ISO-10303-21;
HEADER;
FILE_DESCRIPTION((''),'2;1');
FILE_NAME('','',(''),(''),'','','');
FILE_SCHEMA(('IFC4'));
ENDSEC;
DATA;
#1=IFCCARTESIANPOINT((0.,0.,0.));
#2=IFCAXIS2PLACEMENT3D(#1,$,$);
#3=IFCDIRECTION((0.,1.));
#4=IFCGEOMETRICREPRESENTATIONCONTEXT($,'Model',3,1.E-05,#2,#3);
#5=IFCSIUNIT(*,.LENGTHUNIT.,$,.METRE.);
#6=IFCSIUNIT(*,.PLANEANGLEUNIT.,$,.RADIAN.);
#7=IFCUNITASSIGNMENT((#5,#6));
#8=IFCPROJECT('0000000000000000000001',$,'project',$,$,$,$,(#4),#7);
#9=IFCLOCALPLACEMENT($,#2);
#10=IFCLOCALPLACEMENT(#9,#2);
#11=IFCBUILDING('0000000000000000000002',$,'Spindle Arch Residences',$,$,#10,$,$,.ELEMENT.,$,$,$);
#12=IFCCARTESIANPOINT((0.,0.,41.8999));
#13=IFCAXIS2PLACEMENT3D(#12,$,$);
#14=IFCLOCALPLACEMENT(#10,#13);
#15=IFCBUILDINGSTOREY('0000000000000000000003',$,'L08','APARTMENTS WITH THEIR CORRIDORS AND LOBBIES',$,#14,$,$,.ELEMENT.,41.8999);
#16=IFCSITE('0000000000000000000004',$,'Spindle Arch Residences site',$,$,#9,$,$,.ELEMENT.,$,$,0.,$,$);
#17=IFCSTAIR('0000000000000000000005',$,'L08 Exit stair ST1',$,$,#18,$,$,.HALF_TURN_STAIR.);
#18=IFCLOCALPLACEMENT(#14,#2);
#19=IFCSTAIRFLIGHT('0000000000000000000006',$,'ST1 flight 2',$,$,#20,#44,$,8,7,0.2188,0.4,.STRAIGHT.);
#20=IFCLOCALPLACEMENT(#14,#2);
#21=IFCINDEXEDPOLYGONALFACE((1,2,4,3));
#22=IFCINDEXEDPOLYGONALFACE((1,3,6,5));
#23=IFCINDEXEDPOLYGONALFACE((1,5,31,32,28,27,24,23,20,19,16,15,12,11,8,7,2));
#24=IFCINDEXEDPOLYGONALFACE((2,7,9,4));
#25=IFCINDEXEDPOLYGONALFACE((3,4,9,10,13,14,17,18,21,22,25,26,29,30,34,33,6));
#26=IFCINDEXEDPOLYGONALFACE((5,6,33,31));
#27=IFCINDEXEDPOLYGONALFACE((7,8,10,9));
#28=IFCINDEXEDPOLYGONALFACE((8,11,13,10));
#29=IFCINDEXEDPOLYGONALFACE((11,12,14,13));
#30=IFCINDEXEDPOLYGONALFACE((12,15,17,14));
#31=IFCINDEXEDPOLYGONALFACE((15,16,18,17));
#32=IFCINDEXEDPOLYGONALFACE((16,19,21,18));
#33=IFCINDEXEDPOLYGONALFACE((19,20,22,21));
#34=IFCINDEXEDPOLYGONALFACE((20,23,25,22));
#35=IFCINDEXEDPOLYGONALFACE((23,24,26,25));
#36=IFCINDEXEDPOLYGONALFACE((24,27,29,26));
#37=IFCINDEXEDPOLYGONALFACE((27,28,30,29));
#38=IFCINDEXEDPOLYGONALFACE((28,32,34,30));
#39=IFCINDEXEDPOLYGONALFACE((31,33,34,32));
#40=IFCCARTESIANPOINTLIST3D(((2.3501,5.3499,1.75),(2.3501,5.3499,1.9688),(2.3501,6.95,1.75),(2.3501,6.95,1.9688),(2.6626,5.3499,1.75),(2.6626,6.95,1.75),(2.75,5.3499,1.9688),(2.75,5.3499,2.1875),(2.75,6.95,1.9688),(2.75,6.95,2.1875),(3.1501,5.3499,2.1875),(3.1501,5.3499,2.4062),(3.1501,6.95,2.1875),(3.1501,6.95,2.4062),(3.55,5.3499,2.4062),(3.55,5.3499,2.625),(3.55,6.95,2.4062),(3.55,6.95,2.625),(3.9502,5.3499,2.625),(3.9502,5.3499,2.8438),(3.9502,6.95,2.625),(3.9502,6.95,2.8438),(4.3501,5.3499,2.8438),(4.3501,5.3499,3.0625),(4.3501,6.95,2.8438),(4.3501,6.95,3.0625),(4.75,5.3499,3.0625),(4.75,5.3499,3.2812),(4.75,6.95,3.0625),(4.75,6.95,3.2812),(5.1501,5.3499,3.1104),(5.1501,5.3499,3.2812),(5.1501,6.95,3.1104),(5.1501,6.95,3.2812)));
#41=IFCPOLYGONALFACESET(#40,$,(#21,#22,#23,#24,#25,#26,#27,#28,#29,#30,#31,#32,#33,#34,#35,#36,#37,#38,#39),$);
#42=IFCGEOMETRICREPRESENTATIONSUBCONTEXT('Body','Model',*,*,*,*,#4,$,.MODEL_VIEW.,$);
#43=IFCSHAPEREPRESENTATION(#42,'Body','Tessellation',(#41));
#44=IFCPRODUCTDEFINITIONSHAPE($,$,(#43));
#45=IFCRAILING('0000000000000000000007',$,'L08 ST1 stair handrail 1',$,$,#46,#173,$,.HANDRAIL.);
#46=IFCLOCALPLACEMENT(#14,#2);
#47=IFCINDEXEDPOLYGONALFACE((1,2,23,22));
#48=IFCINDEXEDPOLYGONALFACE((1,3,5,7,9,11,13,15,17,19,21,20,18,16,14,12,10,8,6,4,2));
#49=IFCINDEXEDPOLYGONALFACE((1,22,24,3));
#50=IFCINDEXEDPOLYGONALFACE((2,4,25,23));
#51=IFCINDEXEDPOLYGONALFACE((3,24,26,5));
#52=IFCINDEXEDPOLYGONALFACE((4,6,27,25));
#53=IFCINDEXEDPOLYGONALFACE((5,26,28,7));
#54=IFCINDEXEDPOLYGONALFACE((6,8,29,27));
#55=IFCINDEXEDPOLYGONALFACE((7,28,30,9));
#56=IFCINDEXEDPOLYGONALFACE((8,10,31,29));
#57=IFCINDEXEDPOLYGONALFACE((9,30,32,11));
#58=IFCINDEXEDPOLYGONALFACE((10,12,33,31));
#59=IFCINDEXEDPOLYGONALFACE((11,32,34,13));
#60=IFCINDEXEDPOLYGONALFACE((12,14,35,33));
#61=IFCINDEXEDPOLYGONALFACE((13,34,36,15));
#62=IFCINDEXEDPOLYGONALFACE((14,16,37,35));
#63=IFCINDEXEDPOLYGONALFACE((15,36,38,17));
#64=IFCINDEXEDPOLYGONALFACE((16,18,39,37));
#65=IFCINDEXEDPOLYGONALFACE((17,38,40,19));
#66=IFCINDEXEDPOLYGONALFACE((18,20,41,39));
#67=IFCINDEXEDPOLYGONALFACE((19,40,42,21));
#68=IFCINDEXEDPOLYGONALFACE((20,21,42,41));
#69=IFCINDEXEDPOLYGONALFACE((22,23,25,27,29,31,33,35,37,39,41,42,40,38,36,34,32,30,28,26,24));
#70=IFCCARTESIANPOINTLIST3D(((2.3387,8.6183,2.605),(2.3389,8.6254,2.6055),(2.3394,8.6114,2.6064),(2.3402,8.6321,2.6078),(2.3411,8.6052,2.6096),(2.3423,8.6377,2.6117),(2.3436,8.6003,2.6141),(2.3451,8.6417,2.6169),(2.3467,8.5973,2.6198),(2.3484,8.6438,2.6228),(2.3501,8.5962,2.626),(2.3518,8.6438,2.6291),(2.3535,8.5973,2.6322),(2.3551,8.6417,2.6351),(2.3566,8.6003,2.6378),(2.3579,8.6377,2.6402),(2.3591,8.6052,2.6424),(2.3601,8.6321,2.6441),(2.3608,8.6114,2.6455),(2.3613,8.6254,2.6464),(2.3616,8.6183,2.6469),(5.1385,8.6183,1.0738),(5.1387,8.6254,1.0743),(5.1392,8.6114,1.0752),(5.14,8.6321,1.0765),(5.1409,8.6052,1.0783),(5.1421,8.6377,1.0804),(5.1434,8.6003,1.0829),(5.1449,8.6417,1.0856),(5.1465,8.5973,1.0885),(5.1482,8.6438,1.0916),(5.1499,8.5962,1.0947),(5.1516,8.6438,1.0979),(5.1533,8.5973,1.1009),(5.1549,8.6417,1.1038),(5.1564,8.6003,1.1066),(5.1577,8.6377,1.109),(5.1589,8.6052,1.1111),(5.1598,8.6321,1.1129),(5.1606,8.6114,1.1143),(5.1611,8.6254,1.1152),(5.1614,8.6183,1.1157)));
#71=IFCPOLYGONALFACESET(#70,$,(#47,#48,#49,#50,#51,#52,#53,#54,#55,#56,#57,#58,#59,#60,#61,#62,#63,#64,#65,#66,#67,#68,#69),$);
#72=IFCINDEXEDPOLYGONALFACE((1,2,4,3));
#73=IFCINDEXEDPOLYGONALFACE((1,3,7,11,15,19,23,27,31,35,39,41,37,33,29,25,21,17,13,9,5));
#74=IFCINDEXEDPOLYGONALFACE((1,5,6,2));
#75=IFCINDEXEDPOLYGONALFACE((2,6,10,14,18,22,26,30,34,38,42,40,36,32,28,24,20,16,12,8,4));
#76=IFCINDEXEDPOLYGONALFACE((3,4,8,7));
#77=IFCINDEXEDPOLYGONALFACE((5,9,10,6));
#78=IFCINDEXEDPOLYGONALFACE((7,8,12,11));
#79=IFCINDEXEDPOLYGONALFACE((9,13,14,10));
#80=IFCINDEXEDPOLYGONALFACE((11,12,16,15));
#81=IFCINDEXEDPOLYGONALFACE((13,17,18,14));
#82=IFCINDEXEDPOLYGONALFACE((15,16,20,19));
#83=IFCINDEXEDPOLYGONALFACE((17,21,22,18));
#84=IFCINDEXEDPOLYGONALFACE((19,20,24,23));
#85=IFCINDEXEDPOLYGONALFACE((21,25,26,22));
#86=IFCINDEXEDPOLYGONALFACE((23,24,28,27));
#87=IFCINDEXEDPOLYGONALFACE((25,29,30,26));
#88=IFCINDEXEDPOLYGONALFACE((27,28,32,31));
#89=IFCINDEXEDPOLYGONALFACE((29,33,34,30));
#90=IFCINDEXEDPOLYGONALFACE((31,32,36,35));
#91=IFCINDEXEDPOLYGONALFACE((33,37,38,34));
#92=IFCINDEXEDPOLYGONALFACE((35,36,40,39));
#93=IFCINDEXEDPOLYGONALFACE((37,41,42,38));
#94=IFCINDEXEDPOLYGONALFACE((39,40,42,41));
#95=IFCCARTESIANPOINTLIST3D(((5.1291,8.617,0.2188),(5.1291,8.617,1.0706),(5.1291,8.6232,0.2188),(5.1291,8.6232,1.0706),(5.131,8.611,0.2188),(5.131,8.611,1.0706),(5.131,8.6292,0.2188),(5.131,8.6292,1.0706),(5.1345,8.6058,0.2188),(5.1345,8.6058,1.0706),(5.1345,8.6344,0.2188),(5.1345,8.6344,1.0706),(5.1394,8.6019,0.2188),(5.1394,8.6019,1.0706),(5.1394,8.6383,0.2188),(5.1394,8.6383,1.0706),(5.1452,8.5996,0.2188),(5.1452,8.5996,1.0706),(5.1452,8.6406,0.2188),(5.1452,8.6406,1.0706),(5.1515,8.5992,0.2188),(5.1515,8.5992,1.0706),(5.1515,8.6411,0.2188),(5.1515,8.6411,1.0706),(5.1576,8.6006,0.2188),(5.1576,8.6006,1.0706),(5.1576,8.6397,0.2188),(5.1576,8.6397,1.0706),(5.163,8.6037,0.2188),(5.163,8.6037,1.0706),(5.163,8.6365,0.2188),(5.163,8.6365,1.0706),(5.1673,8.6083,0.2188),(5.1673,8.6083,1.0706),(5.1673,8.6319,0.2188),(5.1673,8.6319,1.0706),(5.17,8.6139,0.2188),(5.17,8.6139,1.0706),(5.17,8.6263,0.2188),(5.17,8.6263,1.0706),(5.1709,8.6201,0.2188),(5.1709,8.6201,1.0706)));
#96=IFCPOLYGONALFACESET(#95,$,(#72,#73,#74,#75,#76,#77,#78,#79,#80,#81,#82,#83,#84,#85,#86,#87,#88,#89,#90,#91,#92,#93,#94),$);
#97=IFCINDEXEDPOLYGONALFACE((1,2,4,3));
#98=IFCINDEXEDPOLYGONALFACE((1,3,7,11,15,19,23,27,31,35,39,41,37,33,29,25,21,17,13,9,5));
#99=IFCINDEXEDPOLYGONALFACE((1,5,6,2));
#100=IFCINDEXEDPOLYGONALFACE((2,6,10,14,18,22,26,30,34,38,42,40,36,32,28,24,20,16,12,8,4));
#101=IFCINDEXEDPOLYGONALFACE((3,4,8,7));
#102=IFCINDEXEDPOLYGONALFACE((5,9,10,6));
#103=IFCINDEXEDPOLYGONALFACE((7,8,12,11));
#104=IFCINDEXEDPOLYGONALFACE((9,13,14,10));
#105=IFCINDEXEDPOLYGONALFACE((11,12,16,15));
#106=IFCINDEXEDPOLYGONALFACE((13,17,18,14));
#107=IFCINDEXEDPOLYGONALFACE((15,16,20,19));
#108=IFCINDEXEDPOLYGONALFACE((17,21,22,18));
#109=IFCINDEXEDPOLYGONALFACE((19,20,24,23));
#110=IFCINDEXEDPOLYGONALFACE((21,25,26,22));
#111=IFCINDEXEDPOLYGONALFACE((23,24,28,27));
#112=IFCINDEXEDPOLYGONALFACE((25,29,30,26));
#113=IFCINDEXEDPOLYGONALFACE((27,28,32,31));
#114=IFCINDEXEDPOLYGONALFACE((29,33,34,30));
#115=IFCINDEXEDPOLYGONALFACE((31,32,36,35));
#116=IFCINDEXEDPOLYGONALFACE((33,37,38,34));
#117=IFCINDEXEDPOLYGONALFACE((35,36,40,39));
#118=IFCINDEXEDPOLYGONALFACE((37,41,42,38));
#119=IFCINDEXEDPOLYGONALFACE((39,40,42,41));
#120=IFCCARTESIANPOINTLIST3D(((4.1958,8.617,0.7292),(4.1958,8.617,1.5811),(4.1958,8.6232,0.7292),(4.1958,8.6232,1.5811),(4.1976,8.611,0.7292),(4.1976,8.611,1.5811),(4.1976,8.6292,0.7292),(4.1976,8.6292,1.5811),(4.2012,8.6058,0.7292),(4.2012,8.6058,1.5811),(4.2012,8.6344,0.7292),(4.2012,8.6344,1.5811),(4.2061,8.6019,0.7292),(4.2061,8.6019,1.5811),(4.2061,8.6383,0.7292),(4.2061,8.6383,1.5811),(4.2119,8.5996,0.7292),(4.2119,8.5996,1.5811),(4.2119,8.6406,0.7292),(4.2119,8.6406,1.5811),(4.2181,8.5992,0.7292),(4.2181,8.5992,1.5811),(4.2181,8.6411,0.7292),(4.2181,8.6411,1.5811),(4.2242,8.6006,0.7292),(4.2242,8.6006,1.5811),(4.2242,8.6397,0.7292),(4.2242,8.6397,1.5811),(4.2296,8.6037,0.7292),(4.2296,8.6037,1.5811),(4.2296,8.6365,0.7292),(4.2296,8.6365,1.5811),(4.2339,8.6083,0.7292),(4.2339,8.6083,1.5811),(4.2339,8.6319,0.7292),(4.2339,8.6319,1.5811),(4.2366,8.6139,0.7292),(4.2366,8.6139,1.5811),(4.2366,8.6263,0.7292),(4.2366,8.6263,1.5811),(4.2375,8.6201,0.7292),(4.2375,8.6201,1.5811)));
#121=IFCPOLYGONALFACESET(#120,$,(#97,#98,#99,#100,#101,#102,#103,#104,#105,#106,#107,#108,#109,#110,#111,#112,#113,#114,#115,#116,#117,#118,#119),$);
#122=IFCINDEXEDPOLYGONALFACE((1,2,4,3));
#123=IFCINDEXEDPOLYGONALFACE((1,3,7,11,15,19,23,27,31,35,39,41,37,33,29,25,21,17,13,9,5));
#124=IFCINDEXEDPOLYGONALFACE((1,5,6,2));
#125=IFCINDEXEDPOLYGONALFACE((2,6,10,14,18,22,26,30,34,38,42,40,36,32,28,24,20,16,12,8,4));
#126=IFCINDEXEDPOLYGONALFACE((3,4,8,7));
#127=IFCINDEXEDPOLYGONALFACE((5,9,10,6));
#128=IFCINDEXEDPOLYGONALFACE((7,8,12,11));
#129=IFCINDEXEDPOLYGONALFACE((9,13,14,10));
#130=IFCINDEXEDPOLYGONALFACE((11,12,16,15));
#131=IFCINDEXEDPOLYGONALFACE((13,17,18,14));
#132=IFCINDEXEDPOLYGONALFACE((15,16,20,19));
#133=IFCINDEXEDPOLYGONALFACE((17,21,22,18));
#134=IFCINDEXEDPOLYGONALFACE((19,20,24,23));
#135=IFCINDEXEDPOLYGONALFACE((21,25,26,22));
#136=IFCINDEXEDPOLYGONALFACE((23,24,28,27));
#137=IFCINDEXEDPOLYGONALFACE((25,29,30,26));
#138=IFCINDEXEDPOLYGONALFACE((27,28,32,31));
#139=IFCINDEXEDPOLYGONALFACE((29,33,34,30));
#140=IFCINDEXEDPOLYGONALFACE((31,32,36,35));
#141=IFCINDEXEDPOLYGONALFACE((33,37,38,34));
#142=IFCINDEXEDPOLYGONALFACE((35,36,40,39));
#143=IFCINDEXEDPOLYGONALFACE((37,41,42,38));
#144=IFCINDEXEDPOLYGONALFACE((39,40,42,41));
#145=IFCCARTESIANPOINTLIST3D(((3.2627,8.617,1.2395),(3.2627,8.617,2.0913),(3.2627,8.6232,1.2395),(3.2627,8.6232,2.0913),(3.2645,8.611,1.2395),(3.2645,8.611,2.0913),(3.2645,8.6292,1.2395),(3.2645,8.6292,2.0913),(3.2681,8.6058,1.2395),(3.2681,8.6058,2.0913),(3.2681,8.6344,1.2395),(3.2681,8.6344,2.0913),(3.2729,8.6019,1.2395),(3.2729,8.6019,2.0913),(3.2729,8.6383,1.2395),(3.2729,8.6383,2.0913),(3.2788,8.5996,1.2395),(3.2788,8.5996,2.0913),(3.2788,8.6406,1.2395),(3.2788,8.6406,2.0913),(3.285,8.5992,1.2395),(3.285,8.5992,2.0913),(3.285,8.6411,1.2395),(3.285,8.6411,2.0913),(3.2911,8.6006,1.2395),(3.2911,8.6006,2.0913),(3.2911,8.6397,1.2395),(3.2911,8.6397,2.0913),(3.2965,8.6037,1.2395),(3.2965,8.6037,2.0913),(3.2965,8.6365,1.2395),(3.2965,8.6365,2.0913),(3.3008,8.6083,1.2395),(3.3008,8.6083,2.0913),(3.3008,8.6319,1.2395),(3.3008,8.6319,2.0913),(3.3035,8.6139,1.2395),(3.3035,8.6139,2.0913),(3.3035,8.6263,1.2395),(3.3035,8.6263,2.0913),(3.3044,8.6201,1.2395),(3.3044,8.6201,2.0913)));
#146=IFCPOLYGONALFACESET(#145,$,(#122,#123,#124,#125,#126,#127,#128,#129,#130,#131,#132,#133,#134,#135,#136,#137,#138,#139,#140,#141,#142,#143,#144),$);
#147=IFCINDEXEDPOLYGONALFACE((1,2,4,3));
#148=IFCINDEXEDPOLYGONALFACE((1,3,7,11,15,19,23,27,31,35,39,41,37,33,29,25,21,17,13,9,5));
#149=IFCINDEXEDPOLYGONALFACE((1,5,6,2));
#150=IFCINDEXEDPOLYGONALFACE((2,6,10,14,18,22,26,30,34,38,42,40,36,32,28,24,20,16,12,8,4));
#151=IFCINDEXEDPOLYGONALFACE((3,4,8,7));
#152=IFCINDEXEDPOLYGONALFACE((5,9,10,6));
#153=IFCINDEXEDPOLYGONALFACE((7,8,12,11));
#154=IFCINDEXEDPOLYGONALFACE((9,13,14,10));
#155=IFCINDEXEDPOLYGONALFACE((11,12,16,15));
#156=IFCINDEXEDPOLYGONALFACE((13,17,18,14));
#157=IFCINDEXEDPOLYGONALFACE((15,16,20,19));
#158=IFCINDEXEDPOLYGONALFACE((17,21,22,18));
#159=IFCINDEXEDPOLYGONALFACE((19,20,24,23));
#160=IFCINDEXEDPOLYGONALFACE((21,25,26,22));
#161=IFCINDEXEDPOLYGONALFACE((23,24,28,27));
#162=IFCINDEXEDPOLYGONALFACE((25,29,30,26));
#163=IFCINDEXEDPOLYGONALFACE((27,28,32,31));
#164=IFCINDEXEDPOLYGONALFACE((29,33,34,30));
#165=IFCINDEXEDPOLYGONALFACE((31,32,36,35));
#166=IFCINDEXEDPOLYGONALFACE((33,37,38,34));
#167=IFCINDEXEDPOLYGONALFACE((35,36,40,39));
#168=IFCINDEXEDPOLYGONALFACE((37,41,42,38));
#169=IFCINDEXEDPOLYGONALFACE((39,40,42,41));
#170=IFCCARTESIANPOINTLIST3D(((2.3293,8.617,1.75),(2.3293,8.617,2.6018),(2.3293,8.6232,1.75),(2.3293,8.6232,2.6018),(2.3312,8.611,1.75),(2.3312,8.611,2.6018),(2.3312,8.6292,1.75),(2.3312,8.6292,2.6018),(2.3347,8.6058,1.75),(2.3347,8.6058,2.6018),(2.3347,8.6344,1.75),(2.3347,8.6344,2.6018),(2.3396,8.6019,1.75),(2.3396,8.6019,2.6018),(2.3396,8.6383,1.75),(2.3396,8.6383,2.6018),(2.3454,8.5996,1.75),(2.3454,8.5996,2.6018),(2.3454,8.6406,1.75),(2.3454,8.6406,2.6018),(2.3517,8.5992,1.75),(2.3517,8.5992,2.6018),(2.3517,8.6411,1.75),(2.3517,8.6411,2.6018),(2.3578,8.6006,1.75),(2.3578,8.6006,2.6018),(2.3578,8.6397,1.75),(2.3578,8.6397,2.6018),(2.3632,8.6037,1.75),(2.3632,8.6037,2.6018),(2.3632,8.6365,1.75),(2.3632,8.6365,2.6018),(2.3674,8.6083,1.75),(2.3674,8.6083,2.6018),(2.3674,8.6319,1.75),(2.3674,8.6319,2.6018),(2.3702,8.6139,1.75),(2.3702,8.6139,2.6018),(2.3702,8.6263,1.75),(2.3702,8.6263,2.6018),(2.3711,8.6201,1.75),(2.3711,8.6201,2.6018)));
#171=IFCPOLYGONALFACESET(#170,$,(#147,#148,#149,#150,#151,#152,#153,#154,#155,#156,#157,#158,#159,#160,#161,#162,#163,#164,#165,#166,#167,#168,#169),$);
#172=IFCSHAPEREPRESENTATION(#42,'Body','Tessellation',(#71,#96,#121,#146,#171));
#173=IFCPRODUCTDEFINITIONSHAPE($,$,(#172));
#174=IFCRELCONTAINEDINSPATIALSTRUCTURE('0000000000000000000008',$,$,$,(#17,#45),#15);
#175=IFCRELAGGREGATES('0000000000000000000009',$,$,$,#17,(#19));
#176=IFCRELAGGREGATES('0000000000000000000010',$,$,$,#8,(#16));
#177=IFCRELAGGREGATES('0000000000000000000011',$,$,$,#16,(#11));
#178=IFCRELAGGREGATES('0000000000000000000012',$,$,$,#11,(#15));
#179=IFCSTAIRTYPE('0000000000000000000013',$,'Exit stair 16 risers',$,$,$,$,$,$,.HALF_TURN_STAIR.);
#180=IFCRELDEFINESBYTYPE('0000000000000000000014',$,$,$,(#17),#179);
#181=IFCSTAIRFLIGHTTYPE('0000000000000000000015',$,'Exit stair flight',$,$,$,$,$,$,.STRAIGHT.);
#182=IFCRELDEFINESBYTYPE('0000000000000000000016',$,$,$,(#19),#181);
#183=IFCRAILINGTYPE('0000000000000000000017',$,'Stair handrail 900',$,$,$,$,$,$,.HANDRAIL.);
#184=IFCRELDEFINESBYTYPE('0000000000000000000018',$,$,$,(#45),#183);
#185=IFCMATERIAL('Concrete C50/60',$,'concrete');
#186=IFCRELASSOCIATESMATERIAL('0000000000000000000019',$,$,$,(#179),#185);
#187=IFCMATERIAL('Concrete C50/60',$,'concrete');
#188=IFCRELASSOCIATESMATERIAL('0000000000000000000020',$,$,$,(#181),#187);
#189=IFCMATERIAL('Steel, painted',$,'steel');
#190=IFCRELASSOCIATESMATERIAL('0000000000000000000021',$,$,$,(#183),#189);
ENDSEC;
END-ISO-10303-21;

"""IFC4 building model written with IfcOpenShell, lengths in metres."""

from ifc_helpers import new_model, si_unit, direction, frame, origin, origin_2d, place, context, subcontext, project, spatial, polyline, circle, outline, extrude, material, type_object, element, aggregate, save


model = new_model("IFC4")

# Units and contexts
model_context = context("Model", 3, precision=1e-05, world=origin(), true_north=direction((0.0, 1.0)))
body_context = subcontext(model_context, "Body", "Model", "MODEL_VIEW")
ifc_project = project(units=[si_unit("LENGTHUNIT", "METRE"), si_unit("PLANEANGLEUNIT", "RADIAN")], contexts=[model_context])

# Site, building, storey
site_placement = place(None, origin())
site = spatial("IfcSite", under=ifc_project, at=site_placement, Name="Spindle Arch Residences site", CompositionType="ELEMENT", RefElevation=0.0)
building_placement = place(site_placement, origin())
building = spatial("IfcBuilding", under=site, at=building_placement, Name="Spindle Arch Residences", CompositionType="ELEMENT")
storey_placement = place(building_placement, frame((0.0, 0.0, 41.8999)))
storey = spatial("IfcBuildingStorey", under=building, at=storey_placement, Name="L08", Description="APARTMENTS WITH THEIR CORRIDORS AND LOBBIES", CompositionType="ELEMENT", Elevation=41.8999)

# Stair
ifc_material_1 = material(Name="Concrete C50/60", Category="concrete")
stair_type = type_object("IfcStairType", Name="Exit stair 16 risers", PredefinedType="HALF_TURN_STAIR", material=ifc_material_1)
stair_1_placement = place(storey_placement, origin())
stair_1 = element("IfcStair", 1, at=stair_1_placement, inside=storey, type_object=stair_type, Name="L08 Exit stair ST1", PredefinedType="HALF_TURN_STAIR")

# Stair flight
ifc_material_2 = material(Name="Concrete C50/60", Category="concrete")
stair_flight_type = type_object("IfcStairFlightType", Name="Exit stair flight", PredefinedType="STRAIGHT", material=ifc_material_2)
stair_flight_1_placement = place(storey_placement, frame((2.3501, 6.1499, 1.75), z_axis=(0.0, 0.0, 1.0), x_axis=(1.0, 0.0, 0.0)))
stair_flight_1 = element("IfcStairFlight", 2, at=stair_flight_1_placement, type_object=stair_flight_type, Name="ST1 flight 2", NumberOfRisers=8, NumberOfTreads=7, PredefinedType="STRAIGHT", RiserHeight=0.2188, TreadLength=0.4, context=body_context, shape_type="SweptSolid", body=[
    extrude(outline(polyline([(0.0, 0.0), (0.0, 0.2188), (0.3999, 0.2188), (0.3999, 0.4375), (0.8, 0.4375), (0.8, 0.6562), (1.2, 0.6562), (1.2, 0.875), (1.6001, 0.875), (1.6001, 1.0938), (2.0, 1.0938), (2.0, 1.3125), (2.3999, 1.3125), (2.3999, 1.5312), (2.8, 1.5312), (2.8, 1.75), (2.8, 1.3604), (0.3125, 0.0), (0.0, 0.0)])), frame((0.0, 0.8, 0.0), z_axis=(0.0, -1.0, 0.0), x_axis=(1.0, 0.0, 0.0)), (0.0, 0.0, 1.0), 1.6001),
])
aggregate(stair_1, [stair_flight_1])

# Railing
ifc_material_3 = material(Name="Steel, painted", Category="steel")
railing_type_1 = type_object("IfcRailingType", Name="Stair handrail 900", PredefinedType="HANDRAIL", material=ifc_material_3)
railing_1_placement = place(storey_placement, frame((5.1499, 8.6201, 0.2188)))
element("IfcRailing", 3, at=railing_1_placement, inside=storey, type_object=railing_type_1, Name="L08 ST1 stair handrail 1", PredefinedType="HANDRAIL", context=body_context, shape_type="SweptSolid", body=[
    extrude(circle(Radius=0.0239, at=origin_2d()), frame((0.0, 0.0, 0.876), z_axis=(-0.877357, 0.0, 0.479838), x_axis=(0.0, -1.0, 0.0)), (0.0, 0.0, 1.0), 3.1912),
    extrude(circle(Radius=0.021, at=origin_2d()), origin(), (0.0, 0.0, 1.0), 0.8518),
    extrude(circle(Radius=0.021, at=origin_2d()), frame((-0.9333, 0.0, 0.5105)), (0.0, 0.0, 1.0), 0.8518),
    extrude(circle(Radius=0.021, at=origin_2d()), frame((-1.8665, 0.0, 1.0208)), (0.0, 0.0, 1.0), 0.8518),
    extrude(circle(Radius=0.021, at=origin_2d()), frame((-2.7998, 0.0, 1.5312)), (0.0, 0.0, 1.0), 0.8518),
])

save(model, "model.ifc")
